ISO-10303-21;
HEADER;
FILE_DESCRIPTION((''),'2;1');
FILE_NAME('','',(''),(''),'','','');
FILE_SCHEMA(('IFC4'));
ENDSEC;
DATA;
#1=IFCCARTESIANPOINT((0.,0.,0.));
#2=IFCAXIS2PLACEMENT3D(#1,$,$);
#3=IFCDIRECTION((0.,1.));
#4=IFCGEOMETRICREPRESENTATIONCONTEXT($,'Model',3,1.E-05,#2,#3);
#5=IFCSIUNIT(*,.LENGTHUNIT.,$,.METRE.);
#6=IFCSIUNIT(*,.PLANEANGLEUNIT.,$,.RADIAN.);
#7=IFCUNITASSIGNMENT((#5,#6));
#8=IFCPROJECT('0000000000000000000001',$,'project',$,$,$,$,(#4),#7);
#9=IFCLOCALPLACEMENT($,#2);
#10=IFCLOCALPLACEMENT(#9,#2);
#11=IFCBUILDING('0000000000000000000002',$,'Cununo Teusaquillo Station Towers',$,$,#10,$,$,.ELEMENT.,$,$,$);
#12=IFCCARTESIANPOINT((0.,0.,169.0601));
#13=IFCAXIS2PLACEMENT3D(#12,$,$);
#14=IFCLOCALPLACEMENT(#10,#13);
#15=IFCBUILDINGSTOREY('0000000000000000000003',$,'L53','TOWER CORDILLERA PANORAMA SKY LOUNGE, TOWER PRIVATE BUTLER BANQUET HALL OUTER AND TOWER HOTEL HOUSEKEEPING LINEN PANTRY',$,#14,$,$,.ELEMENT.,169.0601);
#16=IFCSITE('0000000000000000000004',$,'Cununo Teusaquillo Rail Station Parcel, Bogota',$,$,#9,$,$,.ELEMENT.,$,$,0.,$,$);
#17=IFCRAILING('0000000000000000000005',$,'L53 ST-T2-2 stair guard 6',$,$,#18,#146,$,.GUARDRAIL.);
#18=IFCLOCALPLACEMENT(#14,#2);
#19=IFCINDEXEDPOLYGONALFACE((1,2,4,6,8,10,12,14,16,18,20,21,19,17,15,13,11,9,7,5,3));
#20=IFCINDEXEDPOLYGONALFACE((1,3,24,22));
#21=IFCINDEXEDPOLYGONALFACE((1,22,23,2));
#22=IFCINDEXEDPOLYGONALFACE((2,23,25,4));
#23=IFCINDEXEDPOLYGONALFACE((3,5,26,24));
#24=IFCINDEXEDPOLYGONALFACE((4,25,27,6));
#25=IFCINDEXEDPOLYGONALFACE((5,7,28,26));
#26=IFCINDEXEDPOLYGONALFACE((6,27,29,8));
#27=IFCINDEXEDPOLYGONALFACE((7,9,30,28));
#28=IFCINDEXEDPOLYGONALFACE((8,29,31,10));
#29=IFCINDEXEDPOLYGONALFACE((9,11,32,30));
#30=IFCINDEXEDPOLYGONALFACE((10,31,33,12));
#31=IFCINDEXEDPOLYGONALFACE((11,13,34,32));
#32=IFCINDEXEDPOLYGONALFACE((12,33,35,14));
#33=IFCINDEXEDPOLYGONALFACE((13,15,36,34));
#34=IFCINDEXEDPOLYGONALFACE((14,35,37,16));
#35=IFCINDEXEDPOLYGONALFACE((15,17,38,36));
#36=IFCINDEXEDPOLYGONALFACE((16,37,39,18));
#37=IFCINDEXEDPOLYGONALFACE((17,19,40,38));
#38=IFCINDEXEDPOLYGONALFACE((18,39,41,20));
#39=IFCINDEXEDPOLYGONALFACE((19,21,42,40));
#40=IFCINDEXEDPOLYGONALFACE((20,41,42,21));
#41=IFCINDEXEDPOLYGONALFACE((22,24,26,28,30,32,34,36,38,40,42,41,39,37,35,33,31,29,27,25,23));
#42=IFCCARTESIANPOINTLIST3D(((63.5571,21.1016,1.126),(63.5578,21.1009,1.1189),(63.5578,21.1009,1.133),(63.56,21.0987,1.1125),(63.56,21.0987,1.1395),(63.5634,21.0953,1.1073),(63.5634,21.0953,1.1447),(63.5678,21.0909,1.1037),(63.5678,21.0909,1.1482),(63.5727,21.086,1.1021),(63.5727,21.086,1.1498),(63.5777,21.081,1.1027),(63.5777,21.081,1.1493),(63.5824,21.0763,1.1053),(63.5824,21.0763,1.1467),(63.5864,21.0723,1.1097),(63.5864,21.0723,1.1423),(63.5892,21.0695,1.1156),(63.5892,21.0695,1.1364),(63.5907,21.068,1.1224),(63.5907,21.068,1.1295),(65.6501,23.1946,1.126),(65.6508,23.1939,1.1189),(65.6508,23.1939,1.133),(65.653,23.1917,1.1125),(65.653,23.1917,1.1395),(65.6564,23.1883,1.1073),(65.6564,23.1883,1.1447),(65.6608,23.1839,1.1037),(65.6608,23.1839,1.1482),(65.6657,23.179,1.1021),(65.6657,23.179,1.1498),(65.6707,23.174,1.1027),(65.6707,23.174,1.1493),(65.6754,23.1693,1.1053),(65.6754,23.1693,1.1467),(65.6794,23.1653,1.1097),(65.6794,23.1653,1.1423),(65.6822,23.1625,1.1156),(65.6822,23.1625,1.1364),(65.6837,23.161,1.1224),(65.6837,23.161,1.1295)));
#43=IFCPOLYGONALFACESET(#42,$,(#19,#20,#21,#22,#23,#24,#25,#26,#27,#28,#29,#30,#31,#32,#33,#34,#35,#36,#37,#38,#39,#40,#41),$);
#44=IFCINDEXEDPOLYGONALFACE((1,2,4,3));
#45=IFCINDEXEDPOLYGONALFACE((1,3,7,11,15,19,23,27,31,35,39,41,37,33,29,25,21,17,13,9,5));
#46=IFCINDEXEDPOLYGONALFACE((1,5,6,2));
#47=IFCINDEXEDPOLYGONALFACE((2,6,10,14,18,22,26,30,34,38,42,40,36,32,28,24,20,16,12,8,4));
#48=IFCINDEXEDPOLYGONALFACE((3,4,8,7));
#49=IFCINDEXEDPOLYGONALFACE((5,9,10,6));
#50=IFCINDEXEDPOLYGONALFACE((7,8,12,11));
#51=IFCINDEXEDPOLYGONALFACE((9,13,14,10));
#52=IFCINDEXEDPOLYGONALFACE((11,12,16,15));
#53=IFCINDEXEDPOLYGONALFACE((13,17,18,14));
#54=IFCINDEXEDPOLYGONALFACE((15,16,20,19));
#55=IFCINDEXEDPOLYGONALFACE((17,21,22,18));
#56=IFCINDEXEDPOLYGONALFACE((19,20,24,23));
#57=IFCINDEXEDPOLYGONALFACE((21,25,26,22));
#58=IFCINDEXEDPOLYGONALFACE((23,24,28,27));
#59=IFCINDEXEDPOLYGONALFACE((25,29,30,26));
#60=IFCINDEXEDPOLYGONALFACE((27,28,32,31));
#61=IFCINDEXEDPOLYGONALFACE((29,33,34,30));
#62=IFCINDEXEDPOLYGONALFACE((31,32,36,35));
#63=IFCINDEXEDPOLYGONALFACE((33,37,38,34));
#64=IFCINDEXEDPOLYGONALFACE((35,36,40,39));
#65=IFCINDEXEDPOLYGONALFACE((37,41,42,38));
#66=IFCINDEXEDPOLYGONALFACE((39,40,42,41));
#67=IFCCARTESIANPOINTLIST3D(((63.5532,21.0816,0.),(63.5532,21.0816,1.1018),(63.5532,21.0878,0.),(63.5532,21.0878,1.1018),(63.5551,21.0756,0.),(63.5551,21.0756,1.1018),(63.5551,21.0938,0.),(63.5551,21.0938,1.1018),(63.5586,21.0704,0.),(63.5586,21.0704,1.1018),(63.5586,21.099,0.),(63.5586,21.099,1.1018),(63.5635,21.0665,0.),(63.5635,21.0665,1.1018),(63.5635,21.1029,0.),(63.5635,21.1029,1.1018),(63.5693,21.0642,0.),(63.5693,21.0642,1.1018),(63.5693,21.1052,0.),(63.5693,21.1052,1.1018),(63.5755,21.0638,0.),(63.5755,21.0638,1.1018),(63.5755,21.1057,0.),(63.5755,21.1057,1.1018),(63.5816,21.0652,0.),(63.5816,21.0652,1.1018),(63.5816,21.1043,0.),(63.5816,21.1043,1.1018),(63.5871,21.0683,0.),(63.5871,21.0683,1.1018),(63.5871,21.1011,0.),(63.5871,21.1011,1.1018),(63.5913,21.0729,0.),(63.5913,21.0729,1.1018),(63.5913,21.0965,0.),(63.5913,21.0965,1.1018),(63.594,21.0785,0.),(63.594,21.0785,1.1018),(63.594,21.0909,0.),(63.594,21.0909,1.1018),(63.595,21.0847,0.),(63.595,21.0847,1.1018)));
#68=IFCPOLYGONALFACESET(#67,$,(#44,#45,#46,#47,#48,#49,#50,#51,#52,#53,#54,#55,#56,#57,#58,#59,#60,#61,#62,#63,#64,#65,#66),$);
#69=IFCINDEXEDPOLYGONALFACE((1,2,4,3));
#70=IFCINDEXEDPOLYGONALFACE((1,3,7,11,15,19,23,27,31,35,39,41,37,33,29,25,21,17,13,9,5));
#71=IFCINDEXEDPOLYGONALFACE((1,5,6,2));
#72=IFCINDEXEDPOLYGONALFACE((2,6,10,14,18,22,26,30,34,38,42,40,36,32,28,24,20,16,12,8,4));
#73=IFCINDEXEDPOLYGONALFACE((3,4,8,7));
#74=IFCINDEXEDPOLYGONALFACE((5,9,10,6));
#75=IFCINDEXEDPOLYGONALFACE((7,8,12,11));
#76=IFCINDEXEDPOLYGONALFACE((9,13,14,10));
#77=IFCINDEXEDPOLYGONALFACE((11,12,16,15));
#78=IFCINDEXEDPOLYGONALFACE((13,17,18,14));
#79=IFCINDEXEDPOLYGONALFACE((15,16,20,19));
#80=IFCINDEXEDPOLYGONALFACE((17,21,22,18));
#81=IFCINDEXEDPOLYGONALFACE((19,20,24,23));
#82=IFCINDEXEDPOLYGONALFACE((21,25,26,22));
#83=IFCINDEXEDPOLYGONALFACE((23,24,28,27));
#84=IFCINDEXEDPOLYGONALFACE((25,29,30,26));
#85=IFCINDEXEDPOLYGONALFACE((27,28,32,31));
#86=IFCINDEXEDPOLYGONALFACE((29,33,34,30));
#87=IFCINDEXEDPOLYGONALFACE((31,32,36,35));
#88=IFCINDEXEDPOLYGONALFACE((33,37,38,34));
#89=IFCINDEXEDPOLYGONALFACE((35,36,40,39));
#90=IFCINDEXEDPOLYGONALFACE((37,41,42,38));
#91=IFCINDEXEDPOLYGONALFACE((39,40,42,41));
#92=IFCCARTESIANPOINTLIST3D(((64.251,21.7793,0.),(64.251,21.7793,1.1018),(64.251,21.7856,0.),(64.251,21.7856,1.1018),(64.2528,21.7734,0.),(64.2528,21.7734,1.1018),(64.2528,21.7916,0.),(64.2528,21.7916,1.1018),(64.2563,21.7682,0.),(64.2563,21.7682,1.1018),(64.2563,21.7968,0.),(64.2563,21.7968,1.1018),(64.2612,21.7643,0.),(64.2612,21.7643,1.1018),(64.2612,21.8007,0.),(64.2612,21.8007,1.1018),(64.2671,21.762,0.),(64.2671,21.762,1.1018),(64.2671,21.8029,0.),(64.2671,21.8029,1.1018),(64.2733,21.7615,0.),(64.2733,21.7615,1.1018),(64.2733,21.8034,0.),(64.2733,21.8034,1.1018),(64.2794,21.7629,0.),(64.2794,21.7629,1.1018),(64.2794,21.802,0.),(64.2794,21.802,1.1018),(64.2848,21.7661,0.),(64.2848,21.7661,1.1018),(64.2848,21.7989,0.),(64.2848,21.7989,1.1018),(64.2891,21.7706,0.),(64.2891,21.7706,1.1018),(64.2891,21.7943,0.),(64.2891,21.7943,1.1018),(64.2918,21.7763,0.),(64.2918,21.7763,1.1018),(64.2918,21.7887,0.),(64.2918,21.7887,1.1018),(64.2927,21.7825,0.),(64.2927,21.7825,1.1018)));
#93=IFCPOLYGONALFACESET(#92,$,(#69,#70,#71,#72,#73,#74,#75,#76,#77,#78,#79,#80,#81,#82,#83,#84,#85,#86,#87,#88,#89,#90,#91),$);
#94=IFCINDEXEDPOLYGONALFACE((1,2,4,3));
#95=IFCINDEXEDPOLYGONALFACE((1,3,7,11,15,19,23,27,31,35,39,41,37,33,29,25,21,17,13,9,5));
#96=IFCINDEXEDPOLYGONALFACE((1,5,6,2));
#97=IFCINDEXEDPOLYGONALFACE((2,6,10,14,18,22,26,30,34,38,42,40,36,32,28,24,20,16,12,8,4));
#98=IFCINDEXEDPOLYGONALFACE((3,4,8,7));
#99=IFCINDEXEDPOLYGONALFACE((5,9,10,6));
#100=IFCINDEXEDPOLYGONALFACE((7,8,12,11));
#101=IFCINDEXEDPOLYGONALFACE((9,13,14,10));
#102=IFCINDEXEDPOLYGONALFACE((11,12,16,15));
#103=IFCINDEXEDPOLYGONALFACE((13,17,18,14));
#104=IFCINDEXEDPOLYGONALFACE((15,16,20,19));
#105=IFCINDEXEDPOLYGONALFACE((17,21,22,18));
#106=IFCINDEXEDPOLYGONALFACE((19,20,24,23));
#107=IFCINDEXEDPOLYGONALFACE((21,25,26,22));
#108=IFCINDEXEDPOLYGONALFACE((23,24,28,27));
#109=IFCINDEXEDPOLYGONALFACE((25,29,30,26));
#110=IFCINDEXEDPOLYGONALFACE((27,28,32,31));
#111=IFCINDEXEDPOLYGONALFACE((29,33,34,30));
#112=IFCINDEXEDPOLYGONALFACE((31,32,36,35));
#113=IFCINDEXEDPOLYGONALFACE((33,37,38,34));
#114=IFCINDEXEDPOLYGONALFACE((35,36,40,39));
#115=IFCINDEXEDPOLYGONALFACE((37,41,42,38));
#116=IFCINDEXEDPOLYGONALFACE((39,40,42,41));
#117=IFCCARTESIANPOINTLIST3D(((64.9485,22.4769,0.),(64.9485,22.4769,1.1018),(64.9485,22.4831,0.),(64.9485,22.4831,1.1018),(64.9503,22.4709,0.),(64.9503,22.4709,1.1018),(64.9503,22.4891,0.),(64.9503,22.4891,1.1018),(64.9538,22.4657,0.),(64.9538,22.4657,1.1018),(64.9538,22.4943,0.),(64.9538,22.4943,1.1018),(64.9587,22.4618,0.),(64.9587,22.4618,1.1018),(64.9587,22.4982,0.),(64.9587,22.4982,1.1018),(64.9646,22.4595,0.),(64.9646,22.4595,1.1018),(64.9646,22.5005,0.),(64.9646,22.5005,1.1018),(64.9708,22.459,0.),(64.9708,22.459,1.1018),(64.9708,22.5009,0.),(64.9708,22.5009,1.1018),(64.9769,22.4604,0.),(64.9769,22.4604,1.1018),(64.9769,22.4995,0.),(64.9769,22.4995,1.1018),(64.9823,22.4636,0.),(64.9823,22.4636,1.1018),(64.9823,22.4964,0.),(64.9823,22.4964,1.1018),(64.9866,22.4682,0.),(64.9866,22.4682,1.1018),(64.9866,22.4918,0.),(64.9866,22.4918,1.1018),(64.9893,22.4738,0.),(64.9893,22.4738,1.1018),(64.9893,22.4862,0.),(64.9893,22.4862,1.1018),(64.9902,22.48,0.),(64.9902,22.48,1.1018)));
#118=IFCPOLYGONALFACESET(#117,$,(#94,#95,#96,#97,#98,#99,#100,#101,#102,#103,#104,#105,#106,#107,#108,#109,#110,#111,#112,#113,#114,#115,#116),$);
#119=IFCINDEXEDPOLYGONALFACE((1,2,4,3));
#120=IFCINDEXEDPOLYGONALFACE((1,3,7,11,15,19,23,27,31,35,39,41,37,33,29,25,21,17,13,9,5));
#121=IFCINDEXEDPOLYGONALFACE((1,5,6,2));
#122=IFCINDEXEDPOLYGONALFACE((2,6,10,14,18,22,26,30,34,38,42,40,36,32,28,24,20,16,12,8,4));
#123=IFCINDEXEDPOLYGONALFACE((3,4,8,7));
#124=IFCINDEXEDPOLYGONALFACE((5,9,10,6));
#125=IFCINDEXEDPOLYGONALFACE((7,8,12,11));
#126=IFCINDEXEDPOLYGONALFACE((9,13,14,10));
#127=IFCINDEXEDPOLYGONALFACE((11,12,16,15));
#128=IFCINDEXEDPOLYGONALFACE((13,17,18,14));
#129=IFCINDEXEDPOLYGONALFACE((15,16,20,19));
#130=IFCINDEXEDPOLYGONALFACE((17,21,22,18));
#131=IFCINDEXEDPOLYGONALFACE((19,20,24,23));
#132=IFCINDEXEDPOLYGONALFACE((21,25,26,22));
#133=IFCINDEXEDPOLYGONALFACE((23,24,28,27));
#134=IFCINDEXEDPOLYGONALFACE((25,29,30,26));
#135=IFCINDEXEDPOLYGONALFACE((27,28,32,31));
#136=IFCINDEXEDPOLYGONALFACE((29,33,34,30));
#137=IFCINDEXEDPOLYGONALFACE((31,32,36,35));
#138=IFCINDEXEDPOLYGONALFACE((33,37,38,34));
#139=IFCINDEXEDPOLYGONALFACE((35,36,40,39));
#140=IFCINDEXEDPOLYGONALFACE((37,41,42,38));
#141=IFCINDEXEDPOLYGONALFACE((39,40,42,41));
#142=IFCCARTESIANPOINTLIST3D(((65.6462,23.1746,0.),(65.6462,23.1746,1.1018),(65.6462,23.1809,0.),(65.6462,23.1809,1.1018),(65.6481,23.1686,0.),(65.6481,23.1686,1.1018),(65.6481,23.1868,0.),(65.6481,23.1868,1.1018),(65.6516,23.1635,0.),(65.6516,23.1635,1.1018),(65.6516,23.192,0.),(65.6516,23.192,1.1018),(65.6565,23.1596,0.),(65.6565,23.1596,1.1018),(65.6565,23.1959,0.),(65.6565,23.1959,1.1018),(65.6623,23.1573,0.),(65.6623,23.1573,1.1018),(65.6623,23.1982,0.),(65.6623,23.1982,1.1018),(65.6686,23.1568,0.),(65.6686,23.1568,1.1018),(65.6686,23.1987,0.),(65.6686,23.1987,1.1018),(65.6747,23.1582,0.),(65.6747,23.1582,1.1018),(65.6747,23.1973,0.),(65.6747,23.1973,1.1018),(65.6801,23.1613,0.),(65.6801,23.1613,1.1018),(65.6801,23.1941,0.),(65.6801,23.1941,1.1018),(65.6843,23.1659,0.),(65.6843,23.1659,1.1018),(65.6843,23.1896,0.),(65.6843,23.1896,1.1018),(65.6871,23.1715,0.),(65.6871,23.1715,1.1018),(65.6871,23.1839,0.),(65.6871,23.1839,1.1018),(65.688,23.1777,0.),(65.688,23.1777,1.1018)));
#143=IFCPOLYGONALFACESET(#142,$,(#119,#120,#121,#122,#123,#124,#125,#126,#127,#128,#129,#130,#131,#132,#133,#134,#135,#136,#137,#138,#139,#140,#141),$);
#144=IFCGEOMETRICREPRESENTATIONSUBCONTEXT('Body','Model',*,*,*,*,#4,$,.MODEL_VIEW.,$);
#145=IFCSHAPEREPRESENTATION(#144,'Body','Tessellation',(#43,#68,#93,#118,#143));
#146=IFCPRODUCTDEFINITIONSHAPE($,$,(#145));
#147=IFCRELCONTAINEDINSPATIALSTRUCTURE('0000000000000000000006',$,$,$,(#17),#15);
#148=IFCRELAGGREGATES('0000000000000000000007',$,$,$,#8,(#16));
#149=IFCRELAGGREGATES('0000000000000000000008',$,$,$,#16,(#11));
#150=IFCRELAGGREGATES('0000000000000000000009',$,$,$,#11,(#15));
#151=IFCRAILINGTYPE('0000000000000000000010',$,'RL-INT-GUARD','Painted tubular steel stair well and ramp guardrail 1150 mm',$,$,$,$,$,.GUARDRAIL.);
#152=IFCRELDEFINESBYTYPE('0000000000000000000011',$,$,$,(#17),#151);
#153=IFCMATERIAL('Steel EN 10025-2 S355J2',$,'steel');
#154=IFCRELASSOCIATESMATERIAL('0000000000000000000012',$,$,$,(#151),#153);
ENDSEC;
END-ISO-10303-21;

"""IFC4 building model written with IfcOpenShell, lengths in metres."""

from ifc_helpers import new_model, si_unit, direction, frame, origin, origin_2d, place, context, subcontext, project, spatial, circle, extrude, material, type_object, element, save


model = new_model("IFC4")

# Units and contexts
model_context = context("Model", 3, precision=1e-05, world=origin(), true_north=direction((0.0, 1.0)))
body_context = subcontext(model_context, "Body", "Model", "MODEL_VIEW")
ifc_project = project(units=[si_unit("LENGTHUNIT", "METRE"), si_unit("PLANEANGLEUNIT", "RADIAN")], contexts=[model_context])

# Site, building, storey
site_placement = place(None, origin())
site = spatial("IfcSite", under=ifc_project, at=site_placement, Name="Cununo Teusaquillo Rail Station Parcel, Bogota", CompositionType="ELEMENT", RefElevation=0.0)
building_placement = place(site_placement, origin())
building = spatial("IfcBuilding", under=site, at=building_placement, Name="Cununo Teusaquillo Station Towers", CompositionType="ELEMENT")
storey_placement = place(building_placement, frame((0.0, 0.0, 169.0601)))
storey = spatial("IfcBuildingStorey", under=building, at=storey_placement, Name="L53", Description="TOWER CORDILLERA PANORAMA SKY LOUNGE, TOWER PRIVATE BUTLER BANQUET HALL OUTER AND TOWER HOTEL HOUSEKEEPING LINEN PANTRY", CompositionType="ELEMENT", Elevation=169.0601)

# Railing
ifc_material_1 = material(Name="Steel EN 10025-2 S355J2", Category="steel")
railing_type = type_object("IfcRailingType", Name="RL-INT-GUARD", Description="Painted tubular steel stair well and ramp guardrail 1150 mm", PredefinedType="GUARDRAIL", material=ifc_material_1)
railing_1_placement = place(storey_placement, frame((63.574, 21.0847, 0.0)))
element("IfcRailing", 1, at=railing_1_placement, inside=storey, type_object=railing_type, Name="L53 ST-T2-2 stair guard 6", PredefinedType="GUARDRAIL", context=body_context, shape_type="SweptSolid", body=[
    extrude(circle(Radius=0.0239, at=origin_2d()), frame((0.0, 0.0, 1.126), z_axis=(0.707107, 0.707107, 0.0), x_axis=(-0.707107, 0.707107, 0.0)), (0.0, 0.0, 1.0), 2.96),
    extrude(circle(Radius=0.021, at=origin_2d()), origin(), (0.0, 0.0, 1.0), 1.1018),
    extrude(circle(Radius=0.021, at=origin_2d()), frame((0.6978, 0.6978, 0.0)), (0.0, 0.0, 1.0), 1.1018),
    extrude(circle(Radius=0.021, at=origin_2d()), frame((1.3953, 1.3953, 0.0)), (0.0, 0.0, 1.0), 1.1018),
    extrude(circle(Radius=0.021, at=origin_2d()), frame((2.093, 2.093, 0.0)), (0.0, 0.0, 1.0), 1.1018),
])

save(model, "model.ifc")
